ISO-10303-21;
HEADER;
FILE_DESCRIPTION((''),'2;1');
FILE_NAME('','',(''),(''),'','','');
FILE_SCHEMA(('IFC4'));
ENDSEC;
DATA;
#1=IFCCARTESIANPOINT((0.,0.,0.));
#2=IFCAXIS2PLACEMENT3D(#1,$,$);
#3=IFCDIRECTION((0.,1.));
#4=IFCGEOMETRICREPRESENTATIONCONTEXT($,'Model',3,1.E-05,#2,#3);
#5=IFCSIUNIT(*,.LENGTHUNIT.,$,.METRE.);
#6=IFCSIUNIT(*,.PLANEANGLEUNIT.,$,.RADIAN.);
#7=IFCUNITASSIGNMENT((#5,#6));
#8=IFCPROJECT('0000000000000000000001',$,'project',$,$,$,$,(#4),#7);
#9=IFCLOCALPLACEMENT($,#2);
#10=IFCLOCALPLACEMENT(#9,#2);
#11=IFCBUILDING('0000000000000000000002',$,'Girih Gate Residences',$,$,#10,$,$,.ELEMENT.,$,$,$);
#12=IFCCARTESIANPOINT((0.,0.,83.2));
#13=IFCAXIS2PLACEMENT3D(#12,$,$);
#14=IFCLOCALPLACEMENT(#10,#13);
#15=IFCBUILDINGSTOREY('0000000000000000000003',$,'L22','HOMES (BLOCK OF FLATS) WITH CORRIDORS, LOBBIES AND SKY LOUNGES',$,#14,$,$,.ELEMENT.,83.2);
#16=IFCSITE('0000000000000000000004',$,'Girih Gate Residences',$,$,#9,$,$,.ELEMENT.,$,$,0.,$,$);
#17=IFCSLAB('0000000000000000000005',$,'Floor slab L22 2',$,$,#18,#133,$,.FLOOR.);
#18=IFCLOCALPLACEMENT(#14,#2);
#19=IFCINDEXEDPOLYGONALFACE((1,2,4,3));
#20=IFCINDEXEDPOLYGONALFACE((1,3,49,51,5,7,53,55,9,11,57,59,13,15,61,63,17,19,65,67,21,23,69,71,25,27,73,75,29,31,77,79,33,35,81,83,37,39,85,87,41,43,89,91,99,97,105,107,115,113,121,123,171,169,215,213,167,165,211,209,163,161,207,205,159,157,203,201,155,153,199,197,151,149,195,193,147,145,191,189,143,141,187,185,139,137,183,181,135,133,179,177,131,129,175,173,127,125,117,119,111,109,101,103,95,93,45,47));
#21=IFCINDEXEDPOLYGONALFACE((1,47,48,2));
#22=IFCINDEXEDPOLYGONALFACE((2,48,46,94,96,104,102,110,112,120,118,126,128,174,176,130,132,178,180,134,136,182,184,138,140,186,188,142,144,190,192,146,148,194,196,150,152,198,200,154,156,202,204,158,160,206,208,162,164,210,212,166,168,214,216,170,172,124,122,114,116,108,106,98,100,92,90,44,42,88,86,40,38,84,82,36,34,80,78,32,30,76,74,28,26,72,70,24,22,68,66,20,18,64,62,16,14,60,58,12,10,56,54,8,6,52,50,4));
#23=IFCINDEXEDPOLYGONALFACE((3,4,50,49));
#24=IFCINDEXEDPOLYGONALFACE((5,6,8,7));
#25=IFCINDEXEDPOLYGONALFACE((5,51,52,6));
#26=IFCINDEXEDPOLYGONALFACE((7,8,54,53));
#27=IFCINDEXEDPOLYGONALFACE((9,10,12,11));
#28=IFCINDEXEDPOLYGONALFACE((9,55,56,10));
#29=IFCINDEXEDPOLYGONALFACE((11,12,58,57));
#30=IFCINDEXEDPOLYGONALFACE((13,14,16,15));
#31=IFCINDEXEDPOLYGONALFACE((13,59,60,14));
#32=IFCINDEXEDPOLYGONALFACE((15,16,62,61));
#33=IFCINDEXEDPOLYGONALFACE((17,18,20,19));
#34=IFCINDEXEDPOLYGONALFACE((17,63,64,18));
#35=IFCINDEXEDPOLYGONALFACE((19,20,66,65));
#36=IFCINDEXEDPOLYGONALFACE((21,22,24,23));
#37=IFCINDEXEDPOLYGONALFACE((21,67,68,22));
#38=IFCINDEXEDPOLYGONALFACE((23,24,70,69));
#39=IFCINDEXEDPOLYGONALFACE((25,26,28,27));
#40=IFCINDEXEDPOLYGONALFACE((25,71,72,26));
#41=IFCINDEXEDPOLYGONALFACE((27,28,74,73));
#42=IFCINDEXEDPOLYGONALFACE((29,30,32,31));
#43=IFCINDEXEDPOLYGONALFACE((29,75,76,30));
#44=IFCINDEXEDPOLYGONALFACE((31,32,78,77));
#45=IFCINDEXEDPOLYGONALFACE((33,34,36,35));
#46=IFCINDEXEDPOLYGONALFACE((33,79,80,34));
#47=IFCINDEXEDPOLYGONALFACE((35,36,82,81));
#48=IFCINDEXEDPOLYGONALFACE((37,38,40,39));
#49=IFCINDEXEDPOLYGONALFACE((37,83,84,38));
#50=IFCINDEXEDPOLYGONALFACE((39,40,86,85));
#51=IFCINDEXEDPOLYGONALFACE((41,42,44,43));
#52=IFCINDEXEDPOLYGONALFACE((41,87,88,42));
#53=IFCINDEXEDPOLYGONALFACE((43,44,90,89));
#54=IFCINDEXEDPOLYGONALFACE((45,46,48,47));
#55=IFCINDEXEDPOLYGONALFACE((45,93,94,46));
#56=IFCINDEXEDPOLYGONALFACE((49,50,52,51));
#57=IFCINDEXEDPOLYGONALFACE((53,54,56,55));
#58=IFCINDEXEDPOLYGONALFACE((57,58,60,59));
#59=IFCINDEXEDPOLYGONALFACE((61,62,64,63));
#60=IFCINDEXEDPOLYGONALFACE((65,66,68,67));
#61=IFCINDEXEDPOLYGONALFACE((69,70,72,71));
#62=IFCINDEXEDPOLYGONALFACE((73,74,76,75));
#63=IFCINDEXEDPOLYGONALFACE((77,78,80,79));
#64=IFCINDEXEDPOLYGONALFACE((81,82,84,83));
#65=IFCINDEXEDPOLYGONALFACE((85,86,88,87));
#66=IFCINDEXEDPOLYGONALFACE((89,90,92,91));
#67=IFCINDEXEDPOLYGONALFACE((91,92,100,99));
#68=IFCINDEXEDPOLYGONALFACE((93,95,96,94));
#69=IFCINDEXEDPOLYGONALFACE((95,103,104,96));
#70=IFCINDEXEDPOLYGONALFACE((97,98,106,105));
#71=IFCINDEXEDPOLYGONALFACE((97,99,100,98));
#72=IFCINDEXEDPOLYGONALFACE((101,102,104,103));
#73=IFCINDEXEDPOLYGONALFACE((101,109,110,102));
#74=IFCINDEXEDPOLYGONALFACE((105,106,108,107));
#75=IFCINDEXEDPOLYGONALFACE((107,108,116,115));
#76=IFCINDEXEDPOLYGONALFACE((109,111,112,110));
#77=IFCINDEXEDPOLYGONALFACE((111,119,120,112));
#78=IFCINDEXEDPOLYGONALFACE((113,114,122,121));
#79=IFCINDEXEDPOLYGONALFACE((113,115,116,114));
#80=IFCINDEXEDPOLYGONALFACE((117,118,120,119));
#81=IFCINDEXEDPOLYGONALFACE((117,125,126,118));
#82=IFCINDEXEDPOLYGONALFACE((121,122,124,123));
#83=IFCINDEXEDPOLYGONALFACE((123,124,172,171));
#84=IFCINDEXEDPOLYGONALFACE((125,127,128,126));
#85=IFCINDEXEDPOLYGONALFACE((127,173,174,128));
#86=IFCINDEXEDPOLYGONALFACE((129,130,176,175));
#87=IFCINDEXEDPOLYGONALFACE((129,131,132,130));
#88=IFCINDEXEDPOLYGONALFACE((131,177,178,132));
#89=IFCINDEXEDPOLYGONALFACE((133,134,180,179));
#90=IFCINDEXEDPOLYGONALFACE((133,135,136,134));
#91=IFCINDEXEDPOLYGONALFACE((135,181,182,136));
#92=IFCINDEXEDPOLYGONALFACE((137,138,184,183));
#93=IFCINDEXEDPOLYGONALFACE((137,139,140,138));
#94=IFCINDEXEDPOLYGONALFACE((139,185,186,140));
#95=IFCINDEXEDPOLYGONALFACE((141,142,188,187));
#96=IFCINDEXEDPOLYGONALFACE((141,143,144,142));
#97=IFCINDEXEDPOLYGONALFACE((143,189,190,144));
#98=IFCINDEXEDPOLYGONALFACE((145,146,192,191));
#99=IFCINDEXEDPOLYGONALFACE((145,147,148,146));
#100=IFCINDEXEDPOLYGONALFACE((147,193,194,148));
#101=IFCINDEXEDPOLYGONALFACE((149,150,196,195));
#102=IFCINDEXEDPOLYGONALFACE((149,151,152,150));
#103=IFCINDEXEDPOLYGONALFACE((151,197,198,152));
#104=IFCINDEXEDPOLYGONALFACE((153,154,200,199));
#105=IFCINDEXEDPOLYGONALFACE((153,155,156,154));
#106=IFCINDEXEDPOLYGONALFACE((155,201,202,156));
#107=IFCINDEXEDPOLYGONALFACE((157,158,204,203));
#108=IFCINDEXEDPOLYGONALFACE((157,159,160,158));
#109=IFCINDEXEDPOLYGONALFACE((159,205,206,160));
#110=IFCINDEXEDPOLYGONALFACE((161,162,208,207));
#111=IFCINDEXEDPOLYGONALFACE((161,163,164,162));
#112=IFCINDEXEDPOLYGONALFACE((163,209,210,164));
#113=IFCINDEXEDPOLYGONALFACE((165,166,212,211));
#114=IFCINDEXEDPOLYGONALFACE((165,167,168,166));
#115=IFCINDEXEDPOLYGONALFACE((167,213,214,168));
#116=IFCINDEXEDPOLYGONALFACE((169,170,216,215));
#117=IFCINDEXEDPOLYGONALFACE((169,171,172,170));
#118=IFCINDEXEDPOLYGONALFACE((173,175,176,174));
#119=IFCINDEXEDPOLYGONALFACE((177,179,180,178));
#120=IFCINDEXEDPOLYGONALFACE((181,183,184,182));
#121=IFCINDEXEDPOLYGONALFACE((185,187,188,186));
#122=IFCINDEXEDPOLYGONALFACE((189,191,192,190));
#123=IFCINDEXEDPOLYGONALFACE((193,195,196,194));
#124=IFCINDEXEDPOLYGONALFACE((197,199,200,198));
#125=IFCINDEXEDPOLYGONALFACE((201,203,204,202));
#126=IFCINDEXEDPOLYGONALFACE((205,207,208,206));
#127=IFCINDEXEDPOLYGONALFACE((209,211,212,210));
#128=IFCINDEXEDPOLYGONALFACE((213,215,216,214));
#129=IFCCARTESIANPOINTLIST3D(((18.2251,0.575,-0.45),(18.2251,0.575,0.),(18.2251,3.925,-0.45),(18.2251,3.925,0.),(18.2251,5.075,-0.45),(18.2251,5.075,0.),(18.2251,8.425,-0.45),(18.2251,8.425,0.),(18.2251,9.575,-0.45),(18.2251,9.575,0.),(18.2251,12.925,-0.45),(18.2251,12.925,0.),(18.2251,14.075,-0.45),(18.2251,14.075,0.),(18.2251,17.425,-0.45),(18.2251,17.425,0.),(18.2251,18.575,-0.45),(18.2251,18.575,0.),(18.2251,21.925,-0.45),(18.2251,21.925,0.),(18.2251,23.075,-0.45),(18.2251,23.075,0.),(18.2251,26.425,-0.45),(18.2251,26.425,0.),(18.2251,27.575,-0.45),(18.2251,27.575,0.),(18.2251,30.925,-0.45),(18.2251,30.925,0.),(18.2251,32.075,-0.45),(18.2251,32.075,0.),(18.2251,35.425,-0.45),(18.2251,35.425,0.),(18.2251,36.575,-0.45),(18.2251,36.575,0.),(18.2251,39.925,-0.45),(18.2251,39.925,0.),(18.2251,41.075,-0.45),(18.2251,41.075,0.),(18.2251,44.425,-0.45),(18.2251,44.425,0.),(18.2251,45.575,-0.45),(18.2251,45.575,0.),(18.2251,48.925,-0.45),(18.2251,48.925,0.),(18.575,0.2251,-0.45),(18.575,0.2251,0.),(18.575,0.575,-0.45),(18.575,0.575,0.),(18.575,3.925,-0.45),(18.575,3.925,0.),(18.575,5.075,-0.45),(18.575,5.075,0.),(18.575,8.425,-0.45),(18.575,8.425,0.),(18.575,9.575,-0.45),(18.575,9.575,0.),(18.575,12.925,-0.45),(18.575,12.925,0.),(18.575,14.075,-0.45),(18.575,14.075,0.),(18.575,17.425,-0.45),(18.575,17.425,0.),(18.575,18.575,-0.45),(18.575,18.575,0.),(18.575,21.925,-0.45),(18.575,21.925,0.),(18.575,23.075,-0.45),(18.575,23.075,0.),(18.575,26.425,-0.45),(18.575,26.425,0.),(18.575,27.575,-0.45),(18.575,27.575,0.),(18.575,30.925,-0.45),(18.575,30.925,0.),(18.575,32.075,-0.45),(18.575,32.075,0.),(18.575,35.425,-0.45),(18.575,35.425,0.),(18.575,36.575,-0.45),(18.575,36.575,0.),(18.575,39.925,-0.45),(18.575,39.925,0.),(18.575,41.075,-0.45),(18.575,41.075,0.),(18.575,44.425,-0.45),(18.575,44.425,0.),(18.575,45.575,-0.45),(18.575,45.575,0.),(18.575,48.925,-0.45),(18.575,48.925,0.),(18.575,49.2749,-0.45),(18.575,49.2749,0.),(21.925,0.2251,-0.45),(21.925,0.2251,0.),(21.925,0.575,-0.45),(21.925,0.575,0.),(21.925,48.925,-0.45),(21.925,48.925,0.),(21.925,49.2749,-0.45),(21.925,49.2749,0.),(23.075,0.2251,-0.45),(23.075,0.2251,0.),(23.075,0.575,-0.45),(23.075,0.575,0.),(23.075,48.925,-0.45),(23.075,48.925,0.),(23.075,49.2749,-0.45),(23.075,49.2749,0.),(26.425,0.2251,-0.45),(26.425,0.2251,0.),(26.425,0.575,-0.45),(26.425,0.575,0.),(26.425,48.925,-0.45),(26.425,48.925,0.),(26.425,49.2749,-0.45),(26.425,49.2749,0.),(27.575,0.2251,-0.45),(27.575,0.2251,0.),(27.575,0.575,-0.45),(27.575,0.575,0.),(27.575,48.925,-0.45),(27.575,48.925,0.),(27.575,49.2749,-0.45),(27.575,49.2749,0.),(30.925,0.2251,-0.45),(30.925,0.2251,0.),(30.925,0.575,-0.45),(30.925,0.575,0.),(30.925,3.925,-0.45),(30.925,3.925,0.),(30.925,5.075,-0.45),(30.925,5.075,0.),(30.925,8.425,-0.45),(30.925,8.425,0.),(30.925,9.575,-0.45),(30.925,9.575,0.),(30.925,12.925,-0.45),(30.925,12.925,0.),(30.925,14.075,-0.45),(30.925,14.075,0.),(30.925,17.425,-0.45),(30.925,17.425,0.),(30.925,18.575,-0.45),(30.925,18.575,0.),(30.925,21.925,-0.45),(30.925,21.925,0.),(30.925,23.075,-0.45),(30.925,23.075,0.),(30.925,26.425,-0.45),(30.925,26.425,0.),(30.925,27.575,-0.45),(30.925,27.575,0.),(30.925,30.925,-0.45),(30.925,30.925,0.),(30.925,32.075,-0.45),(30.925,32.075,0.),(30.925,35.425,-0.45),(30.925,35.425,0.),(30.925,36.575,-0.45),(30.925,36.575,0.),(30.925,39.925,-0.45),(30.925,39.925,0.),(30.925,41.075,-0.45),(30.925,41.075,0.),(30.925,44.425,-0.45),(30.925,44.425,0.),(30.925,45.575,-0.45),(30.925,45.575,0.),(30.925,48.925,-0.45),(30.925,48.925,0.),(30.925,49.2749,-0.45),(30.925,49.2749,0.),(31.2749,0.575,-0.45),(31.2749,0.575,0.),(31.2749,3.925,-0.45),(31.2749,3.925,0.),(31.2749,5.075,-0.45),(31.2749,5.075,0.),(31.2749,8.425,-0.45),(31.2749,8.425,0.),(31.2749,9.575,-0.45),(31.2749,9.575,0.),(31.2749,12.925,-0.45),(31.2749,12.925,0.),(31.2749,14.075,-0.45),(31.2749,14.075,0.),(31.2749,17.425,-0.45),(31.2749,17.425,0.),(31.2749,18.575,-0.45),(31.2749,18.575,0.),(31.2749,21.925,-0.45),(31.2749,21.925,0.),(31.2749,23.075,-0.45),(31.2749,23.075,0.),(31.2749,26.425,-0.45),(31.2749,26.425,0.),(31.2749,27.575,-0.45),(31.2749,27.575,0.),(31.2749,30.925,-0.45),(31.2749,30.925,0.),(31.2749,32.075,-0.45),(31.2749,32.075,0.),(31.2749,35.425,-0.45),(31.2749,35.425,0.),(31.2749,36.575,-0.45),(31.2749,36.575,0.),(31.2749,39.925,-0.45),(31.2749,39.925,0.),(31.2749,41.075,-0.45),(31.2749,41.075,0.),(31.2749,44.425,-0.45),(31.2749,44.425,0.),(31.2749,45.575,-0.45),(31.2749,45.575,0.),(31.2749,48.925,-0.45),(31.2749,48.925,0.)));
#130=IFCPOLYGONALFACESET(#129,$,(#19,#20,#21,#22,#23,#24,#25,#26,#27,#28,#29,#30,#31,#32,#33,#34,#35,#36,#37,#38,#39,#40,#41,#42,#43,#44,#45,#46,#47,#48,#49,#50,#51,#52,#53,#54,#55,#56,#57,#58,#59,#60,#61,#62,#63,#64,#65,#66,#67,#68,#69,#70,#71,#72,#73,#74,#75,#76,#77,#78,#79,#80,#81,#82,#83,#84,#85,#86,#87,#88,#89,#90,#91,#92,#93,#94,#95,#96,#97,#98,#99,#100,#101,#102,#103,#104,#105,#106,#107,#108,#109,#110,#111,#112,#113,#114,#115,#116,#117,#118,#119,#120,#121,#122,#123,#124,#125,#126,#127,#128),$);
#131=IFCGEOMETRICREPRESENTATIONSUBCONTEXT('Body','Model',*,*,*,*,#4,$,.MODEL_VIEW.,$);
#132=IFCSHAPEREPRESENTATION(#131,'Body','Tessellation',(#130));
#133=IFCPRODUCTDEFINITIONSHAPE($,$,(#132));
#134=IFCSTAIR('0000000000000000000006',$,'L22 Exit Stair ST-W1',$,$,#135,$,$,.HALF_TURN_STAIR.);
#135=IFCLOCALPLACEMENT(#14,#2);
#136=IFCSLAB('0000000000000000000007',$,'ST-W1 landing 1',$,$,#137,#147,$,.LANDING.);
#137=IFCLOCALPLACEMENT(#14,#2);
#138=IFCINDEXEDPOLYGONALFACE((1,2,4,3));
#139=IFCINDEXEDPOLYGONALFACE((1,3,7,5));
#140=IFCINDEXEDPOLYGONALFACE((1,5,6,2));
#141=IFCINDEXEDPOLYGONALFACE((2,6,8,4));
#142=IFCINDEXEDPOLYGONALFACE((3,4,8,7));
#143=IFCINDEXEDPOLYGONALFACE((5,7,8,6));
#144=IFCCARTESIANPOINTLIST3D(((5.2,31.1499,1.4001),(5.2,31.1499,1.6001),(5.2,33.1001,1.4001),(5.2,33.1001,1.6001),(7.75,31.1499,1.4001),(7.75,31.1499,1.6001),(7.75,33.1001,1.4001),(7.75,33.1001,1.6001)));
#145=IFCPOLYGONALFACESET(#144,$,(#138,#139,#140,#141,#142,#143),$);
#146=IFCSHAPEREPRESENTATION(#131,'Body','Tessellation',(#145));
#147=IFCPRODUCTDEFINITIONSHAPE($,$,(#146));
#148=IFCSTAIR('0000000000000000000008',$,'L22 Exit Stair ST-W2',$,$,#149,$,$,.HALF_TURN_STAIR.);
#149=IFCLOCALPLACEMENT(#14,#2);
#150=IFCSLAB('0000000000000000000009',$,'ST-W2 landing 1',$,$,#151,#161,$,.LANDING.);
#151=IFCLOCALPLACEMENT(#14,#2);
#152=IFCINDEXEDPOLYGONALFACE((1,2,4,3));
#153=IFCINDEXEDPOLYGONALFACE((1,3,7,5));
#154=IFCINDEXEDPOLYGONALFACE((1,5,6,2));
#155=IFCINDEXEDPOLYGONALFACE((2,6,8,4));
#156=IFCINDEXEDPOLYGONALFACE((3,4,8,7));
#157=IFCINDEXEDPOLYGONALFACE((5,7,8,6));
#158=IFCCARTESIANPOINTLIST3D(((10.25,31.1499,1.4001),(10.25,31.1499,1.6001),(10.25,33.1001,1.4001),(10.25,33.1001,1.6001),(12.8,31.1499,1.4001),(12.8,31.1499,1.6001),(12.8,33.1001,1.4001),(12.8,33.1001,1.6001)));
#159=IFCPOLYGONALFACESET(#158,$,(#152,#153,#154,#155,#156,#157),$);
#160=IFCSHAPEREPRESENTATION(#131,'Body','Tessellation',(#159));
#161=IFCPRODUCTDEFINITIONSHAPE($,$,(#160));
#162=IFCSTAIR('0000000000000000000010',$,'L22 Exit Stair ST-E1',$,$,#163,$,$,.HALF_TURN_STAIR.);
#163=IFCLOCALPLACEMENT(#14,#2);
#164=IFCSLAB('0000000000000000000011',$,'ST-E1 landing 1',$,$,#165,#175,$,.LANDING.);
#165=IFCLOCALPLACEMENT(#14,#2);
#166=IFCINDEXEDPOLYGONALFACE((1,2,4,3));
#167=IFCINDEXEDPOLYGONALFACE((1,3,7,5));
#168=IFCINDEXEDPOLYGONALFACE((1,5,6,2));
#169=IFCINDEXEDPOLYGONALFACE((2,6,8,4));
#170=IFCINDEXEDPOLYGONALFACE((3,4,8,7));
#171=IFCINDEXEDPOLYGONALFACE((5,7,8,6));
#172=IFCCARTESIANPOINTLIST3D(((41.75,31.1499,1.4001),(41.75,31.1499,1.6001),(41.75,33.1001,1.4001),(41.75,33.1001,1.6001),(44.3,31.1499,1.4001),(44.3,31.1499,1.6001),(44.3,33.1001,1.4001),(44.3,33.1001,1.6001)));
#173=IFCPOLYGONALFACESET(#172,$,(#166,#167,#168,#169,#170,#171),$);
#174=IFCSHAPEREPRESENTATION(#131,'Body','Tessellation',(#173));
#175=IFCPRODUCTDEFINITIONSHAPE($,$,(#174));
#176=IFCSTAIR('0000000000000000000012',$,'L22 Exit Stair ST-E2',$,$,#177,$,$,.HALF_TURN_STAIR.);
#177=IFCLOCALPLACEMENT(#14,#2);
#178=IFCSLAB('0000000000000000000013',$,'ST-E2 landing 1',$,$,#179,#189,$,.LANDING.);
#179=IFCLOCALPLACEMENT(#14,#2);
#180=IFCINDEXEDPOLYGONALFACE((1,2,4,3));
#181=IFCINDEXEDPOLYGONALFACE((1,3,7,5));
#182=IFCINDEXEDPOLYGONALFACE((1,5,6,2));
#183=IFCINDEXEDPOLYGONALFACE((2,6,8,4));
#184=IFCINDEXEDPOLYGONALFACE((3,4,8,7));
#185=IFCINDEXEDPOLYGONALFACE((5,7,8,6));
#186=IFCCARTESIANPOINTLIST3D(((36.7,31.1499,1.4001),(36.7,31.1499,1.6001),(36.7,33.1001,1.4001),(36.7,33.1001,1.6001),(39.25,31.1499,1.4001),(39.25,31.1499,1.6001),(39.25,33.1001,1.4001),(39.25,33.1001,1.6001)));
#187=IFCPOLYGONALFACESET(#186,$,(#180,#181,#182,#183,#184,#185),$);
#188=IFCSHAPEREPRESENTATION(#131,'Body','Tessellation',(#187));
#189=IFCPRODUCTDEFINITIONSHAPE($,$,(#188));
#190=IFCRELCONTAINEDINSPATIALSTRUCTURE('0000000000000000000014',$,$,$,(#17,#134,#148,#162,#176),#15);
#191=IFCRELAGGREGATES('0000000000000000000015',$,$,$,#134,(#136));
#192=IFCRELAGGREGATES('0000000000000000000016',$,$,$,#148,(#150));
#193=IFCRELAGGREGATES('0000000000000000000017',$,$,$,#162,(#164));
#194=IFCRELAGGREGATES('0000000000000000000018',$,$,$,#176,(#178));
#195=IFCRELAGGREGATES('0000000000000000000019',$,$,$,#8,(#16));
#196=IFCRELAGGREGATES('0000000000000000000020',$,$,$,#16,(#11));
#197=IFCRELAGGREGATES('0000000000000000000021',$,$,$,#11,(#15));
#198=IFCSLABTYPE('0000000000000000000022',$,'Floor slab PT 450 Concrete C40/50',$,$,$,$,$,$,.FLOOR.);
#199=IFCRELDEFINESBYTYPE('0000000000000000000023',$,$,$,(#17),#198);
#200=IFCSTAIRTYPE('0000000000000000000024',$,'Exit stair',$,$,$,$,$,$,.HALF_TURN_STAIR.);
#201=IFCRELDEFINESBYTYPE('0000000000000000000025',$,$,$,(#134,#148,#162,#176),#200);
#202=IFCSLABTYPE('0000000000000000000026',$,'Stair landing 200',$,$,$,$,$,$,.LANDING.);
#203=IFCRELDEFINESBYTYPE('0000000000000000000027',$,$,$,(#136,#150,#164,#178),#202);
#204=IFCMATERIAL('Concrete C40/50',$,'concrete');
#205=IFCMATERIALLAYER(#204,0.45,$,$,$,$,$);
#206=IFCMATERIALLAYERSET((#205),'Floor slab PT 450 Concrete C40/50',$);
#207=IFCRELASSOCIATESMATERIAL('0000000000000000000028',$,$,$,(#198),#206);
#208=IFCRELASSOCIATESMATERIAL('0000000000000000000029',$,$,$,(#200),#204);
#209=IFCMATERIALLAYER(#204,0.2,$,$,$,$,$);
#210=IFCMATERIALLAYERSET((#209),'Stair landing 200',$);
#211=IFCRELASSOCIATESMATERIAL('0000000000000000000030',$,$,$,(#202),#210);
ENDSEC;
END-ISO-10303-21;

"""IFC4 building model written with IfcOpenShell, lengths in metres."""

from ifc_helpers import new_model, si_unit, direction, frame, origin, place, context, subcontext, project, spatial, polyline, outline, extrude, material, layer, layer_set, type_object, element, aggregate, save


model = new_model("IFC4")

# Units and contexts
model_context = context("Model", 3, precision=1e-05, world=origin(), true_north=direction((0.0, 1.0)))
body_context = subcontext(model_context, "Body", "Model", "MODEL_VIEW")
ifc_project = project(units=[si_unit("LENGTHUNIT", "METRE"), si_unit("PLANEANGLEUNIT", "RADIAN")], contexts=[model_context])

# Site, building, storey
site_placement = place(None, origin())
site = spatial("IfcSite", under=ifc_project, at=site_placement, Name="Girih Gate Residences", CompositionType="ELEMENT", RefElevation=0.0)
building_placement = place(site_placement, origin())
building = spatial("IfcBuilding", under=site, at=building_placement, Name="Girih Gate Residences", CompositionType="ELEMENT")
storey_placement = place(building_placement, frame((0.0, 0.0, 83.2)))
storey = spatial("IfcBuildingStorey", under=building, at=storey_placement, Name="L22", Description="HOMES (BLOCK OF FLATS) WITH CORRIDORS, LOBBIES AND SKY LOUNGES", CompositionType="ELEMENT", Elevation=83.2)

# Slab
ifc_material_1 = material(Name="Concrete C40/50", Category="concrete")
ifc_layer_1 = layer(ifc_material_1, 0.45)
ifc_layer_set_1 = layer_set([ifc_layer_1], Name="Floor slab PT 450 Concrete C40/50")
slab_type_1 = type_object("IfcSlabType", Name="Floor slab PT 450 Concrete C40/50", PredefinedType="FLOOR", material=ifc_layer_set_1)
slab_1_placement = place(storey_placement, frame((0.0, 0.0, -0.45)))
element("IfcSlab", 1, at=slab_1_placement, inside=storey, type_object=slab_type_1, Name="Floor slab L22 2", PredefinedType="FLOOR", context=body_context, shape_type="SweptSolid", body=[
    extrude(outline(polyline([(21.925, 49.2749), (18.575, 49.2749), (18.575, 48.925), (18.2251, 48.925), (18.2251, 45.575), (18.575, 45.575), (18.575, 44.425), (18.2251, 44.425), (18.2251, 41.075), (18.575, 41.075), (18.575, 39.925), (18.2251, 39.925), (18.2251, 36.575), (18.575, 36.575), (18.575, 35.425), (18.2251, 35.425), (18.2251, 32.075), (18.575, 32.075), (18.575, 30.925), (18.2251, 30.925), (18.2251, 27.575), (18.575, 27.575), (18.575, 26.425), (18.2251, 26.425), (18.2251, 23.075), (18.575, 23.075), (18.575, 21.925), (18.2251, 21.925), (18.2251, 18.575), (18.575, 18.575), (18.575, 17.425), (18.2251, 17.425), (18.2251, 14.075), (18.575, 14.075), (18.575, 12.925), (18.2251, 12.925), (18.2251, 9.575), (18.575, 9.575), (18.575, 8.425), (18.2251, 8.425), (18.2251, 5.075), (18.575, 5.075), (18.575, 3.925), (18.2251, 3.925), (18.2251, 0.575), (18.575, 0.575), (18.575, 0.2251), (21.925, 0.2251), (21.925, 0.575), (23.075, 0.575), (23.075, 0.2251), (26.425, 0.2251), (26.425, 0.575), (27.575, 0.575), (27.575, 0.2251), (30.925, 0.2251), (30.925, 0.575), (31.2749, 0.575), (31.2749, 3.925), (30.925, 3.925), (30.925, 5.075), (31.2749, 5.075), (31.2749, 8.425), (30.925, 8.425), (30.925, 9.575), (31.2749, 9.575), (31.2749, 12.925), (30.925, 12.925), (30.925, 14.075), (31.2749, 14.075), (31.2749, 17.425), (30.925, 17.425), (30.925, 18.575), (31.2749, 18.575), (31.2749, 21.925), (30.925, 21.925), (30.925, 23.075), (31.2749, 23.075), (31.2749, 26.425), (30.925, 26.425), (30.925, 27.575), (31.2749, 27.575), (31.2749, 30.925), (30.925, 30.925), (30.925, 32.075), (31.2749, 32.075), (31.2749, 35.425), (30.925, 35.425), (30.925, 36.575), (31.2749, 36.575), (31.2749, 39.925), (30.925, 39.925), (30.925, 41.075), (31.2749, 41.075), (31.2749, 44.425), (30.925, 44.425), (30.925, 45.575), (31.2749, 45.575), (31.2749, 48.925), (30.925, 48.925), (30.925, 49.2749), (27.575, 49.2749), (27.575, 48.925), (26.425, 48.925), (26.425, 49.2749), (23.075, 49.2749), (23.075, 48.925), (21.925, 48.925), (21.925, 49.2749)])), origin(), (0.0, 0.0, 1.0), 0.45),
])

# Stairs, slabs
stair_type = type_object("IfcStairType", Name="Exit stair", PredefinedType="HALF_TURN_STAIR", material=ifc_material_1)
stair_1_placement = place(storey_placement, origin())
stair_1 = element("IfcStair", 2, at=stair_1_placement, inside=storey, type_object=stair_type, Name="L22 Exit Stair ST-W1", PredefinedType="HALF_TURN_STAIR")
ifc_layer_2 = layer(ifc_material_1, 0.2)
ifc_layer_set_2 = layer_set([ifc_layer_2], Name="Stair landing 200")
slab_type_2 = type_object("IfcSlabType", Name="Stair landing 200", PredefinedType="LANDING", material=ifc_layer_set_2)
slab_2_placement = place(storey_placement, frame((0.0, 0.0, 1.4001)))
slab_2 = element("IfcSlab", 3, at=slab_2_placement, type_object=slab_type_2, Name="ST-W1 landing 1", PredefinedType="LANDING", context=body_context, shape_type="SweptSolid", body=[
    extrude(outline(polyline([(7.75, 31.1499), (7.75, 33.1001), (5.2, 33.1001), (5.2, 31.1499), (7.75, 31.1499)])), origin(), (0.0, 0.0, 1.0), 0.2),
])
aggregate(stair_1, [slab_2])
stair_2_placement = place(storey_placement, origin())
stair_2 = element("IfcStair", 4, at=stair_2_placement, inside=storey, type_object=stair_type, Name="L22 Exit Stair ST-W2", PredefinedType="HALF_TURN_STAIR")
slab_3_placement = place(storey_placement, frame((0.0, 0.0, 1.4001)))
slab_3 = element("IfcSlab", 5, at=slab_3_placement, type_object=slab_type_2, Name="ST-W2 landing 1", PredefinedType="LANDING", context=body_context, shape_type="SweptSolid", body=[
    extrude(outline(polyline([(12.8, 31.1499), (12.8, 33.1001), (10.25, 33.1001), (10.25, 31.1499), (12.8, 31.1499)])), origin(), (0.0, 0.0, 1.0), 0.2),
])
aggregate(stair_2, [slab_3])
stair_3_placement = place(storey_placement, origin())
stair_3 = element("IfcStair", 6, at=stair_3_placement, inside=storey, type_object=stair_type, Name="L22 Exit Stair ST-E1", PredefinedType="HALF_TURN_STAIR")
slab_4_placement = place(storey_placement, frame((0.0, 0.0, 1.4001)))
slab_4 = element("IfcSlab", 7, at=slab_4_placement, type_object=slab_type_2, Name="ST-E1 landing 1", PredefinedType="LANDING", context=body_context, shape_type="SweptSolid", body=[
    extrude(outline(polyline([(44.3, 31.1499), (44.3, 33.1001), (41.75, 33.1001), (41.75, 31.1499), (44.3, 31.1499)])), origin(), (0.0, 0.0, 1.0), 0.2),
])
aggregate(stair_3, [slab_4])
stair_4_placement = place(storey_placement, origin())
stair_4 = element("IfcStair", 8, at=stair_4_placement, inside=storey, type_object=stair_type, Name="L22 Exit Stair ST-E2", PredefinedType="HALF_TURN_STAIR")
slab_5_placement = place(storey_placement, frame((0.0, 0.0, 1.4001)))
slab_5 = element("IfcSlab", 9, at=slab_5_placement, type_object=slab_type_2, Name="ST-E2 landing 1", PredefinedType="LANDING", context=body_context, shape_type="SweptSolid", body=[
    extrude(outline(polyline([(39.25, 31.1499), (39.25, 33.1001), (36.7, 33.1001), (36.7, 31.1499), (39.25, 31.1499)])), origin(), (0.0, 0.0, 1.0), 0.2),
])
aggregate(stair_4, [slab_5])

save(model, "model.ifc")
